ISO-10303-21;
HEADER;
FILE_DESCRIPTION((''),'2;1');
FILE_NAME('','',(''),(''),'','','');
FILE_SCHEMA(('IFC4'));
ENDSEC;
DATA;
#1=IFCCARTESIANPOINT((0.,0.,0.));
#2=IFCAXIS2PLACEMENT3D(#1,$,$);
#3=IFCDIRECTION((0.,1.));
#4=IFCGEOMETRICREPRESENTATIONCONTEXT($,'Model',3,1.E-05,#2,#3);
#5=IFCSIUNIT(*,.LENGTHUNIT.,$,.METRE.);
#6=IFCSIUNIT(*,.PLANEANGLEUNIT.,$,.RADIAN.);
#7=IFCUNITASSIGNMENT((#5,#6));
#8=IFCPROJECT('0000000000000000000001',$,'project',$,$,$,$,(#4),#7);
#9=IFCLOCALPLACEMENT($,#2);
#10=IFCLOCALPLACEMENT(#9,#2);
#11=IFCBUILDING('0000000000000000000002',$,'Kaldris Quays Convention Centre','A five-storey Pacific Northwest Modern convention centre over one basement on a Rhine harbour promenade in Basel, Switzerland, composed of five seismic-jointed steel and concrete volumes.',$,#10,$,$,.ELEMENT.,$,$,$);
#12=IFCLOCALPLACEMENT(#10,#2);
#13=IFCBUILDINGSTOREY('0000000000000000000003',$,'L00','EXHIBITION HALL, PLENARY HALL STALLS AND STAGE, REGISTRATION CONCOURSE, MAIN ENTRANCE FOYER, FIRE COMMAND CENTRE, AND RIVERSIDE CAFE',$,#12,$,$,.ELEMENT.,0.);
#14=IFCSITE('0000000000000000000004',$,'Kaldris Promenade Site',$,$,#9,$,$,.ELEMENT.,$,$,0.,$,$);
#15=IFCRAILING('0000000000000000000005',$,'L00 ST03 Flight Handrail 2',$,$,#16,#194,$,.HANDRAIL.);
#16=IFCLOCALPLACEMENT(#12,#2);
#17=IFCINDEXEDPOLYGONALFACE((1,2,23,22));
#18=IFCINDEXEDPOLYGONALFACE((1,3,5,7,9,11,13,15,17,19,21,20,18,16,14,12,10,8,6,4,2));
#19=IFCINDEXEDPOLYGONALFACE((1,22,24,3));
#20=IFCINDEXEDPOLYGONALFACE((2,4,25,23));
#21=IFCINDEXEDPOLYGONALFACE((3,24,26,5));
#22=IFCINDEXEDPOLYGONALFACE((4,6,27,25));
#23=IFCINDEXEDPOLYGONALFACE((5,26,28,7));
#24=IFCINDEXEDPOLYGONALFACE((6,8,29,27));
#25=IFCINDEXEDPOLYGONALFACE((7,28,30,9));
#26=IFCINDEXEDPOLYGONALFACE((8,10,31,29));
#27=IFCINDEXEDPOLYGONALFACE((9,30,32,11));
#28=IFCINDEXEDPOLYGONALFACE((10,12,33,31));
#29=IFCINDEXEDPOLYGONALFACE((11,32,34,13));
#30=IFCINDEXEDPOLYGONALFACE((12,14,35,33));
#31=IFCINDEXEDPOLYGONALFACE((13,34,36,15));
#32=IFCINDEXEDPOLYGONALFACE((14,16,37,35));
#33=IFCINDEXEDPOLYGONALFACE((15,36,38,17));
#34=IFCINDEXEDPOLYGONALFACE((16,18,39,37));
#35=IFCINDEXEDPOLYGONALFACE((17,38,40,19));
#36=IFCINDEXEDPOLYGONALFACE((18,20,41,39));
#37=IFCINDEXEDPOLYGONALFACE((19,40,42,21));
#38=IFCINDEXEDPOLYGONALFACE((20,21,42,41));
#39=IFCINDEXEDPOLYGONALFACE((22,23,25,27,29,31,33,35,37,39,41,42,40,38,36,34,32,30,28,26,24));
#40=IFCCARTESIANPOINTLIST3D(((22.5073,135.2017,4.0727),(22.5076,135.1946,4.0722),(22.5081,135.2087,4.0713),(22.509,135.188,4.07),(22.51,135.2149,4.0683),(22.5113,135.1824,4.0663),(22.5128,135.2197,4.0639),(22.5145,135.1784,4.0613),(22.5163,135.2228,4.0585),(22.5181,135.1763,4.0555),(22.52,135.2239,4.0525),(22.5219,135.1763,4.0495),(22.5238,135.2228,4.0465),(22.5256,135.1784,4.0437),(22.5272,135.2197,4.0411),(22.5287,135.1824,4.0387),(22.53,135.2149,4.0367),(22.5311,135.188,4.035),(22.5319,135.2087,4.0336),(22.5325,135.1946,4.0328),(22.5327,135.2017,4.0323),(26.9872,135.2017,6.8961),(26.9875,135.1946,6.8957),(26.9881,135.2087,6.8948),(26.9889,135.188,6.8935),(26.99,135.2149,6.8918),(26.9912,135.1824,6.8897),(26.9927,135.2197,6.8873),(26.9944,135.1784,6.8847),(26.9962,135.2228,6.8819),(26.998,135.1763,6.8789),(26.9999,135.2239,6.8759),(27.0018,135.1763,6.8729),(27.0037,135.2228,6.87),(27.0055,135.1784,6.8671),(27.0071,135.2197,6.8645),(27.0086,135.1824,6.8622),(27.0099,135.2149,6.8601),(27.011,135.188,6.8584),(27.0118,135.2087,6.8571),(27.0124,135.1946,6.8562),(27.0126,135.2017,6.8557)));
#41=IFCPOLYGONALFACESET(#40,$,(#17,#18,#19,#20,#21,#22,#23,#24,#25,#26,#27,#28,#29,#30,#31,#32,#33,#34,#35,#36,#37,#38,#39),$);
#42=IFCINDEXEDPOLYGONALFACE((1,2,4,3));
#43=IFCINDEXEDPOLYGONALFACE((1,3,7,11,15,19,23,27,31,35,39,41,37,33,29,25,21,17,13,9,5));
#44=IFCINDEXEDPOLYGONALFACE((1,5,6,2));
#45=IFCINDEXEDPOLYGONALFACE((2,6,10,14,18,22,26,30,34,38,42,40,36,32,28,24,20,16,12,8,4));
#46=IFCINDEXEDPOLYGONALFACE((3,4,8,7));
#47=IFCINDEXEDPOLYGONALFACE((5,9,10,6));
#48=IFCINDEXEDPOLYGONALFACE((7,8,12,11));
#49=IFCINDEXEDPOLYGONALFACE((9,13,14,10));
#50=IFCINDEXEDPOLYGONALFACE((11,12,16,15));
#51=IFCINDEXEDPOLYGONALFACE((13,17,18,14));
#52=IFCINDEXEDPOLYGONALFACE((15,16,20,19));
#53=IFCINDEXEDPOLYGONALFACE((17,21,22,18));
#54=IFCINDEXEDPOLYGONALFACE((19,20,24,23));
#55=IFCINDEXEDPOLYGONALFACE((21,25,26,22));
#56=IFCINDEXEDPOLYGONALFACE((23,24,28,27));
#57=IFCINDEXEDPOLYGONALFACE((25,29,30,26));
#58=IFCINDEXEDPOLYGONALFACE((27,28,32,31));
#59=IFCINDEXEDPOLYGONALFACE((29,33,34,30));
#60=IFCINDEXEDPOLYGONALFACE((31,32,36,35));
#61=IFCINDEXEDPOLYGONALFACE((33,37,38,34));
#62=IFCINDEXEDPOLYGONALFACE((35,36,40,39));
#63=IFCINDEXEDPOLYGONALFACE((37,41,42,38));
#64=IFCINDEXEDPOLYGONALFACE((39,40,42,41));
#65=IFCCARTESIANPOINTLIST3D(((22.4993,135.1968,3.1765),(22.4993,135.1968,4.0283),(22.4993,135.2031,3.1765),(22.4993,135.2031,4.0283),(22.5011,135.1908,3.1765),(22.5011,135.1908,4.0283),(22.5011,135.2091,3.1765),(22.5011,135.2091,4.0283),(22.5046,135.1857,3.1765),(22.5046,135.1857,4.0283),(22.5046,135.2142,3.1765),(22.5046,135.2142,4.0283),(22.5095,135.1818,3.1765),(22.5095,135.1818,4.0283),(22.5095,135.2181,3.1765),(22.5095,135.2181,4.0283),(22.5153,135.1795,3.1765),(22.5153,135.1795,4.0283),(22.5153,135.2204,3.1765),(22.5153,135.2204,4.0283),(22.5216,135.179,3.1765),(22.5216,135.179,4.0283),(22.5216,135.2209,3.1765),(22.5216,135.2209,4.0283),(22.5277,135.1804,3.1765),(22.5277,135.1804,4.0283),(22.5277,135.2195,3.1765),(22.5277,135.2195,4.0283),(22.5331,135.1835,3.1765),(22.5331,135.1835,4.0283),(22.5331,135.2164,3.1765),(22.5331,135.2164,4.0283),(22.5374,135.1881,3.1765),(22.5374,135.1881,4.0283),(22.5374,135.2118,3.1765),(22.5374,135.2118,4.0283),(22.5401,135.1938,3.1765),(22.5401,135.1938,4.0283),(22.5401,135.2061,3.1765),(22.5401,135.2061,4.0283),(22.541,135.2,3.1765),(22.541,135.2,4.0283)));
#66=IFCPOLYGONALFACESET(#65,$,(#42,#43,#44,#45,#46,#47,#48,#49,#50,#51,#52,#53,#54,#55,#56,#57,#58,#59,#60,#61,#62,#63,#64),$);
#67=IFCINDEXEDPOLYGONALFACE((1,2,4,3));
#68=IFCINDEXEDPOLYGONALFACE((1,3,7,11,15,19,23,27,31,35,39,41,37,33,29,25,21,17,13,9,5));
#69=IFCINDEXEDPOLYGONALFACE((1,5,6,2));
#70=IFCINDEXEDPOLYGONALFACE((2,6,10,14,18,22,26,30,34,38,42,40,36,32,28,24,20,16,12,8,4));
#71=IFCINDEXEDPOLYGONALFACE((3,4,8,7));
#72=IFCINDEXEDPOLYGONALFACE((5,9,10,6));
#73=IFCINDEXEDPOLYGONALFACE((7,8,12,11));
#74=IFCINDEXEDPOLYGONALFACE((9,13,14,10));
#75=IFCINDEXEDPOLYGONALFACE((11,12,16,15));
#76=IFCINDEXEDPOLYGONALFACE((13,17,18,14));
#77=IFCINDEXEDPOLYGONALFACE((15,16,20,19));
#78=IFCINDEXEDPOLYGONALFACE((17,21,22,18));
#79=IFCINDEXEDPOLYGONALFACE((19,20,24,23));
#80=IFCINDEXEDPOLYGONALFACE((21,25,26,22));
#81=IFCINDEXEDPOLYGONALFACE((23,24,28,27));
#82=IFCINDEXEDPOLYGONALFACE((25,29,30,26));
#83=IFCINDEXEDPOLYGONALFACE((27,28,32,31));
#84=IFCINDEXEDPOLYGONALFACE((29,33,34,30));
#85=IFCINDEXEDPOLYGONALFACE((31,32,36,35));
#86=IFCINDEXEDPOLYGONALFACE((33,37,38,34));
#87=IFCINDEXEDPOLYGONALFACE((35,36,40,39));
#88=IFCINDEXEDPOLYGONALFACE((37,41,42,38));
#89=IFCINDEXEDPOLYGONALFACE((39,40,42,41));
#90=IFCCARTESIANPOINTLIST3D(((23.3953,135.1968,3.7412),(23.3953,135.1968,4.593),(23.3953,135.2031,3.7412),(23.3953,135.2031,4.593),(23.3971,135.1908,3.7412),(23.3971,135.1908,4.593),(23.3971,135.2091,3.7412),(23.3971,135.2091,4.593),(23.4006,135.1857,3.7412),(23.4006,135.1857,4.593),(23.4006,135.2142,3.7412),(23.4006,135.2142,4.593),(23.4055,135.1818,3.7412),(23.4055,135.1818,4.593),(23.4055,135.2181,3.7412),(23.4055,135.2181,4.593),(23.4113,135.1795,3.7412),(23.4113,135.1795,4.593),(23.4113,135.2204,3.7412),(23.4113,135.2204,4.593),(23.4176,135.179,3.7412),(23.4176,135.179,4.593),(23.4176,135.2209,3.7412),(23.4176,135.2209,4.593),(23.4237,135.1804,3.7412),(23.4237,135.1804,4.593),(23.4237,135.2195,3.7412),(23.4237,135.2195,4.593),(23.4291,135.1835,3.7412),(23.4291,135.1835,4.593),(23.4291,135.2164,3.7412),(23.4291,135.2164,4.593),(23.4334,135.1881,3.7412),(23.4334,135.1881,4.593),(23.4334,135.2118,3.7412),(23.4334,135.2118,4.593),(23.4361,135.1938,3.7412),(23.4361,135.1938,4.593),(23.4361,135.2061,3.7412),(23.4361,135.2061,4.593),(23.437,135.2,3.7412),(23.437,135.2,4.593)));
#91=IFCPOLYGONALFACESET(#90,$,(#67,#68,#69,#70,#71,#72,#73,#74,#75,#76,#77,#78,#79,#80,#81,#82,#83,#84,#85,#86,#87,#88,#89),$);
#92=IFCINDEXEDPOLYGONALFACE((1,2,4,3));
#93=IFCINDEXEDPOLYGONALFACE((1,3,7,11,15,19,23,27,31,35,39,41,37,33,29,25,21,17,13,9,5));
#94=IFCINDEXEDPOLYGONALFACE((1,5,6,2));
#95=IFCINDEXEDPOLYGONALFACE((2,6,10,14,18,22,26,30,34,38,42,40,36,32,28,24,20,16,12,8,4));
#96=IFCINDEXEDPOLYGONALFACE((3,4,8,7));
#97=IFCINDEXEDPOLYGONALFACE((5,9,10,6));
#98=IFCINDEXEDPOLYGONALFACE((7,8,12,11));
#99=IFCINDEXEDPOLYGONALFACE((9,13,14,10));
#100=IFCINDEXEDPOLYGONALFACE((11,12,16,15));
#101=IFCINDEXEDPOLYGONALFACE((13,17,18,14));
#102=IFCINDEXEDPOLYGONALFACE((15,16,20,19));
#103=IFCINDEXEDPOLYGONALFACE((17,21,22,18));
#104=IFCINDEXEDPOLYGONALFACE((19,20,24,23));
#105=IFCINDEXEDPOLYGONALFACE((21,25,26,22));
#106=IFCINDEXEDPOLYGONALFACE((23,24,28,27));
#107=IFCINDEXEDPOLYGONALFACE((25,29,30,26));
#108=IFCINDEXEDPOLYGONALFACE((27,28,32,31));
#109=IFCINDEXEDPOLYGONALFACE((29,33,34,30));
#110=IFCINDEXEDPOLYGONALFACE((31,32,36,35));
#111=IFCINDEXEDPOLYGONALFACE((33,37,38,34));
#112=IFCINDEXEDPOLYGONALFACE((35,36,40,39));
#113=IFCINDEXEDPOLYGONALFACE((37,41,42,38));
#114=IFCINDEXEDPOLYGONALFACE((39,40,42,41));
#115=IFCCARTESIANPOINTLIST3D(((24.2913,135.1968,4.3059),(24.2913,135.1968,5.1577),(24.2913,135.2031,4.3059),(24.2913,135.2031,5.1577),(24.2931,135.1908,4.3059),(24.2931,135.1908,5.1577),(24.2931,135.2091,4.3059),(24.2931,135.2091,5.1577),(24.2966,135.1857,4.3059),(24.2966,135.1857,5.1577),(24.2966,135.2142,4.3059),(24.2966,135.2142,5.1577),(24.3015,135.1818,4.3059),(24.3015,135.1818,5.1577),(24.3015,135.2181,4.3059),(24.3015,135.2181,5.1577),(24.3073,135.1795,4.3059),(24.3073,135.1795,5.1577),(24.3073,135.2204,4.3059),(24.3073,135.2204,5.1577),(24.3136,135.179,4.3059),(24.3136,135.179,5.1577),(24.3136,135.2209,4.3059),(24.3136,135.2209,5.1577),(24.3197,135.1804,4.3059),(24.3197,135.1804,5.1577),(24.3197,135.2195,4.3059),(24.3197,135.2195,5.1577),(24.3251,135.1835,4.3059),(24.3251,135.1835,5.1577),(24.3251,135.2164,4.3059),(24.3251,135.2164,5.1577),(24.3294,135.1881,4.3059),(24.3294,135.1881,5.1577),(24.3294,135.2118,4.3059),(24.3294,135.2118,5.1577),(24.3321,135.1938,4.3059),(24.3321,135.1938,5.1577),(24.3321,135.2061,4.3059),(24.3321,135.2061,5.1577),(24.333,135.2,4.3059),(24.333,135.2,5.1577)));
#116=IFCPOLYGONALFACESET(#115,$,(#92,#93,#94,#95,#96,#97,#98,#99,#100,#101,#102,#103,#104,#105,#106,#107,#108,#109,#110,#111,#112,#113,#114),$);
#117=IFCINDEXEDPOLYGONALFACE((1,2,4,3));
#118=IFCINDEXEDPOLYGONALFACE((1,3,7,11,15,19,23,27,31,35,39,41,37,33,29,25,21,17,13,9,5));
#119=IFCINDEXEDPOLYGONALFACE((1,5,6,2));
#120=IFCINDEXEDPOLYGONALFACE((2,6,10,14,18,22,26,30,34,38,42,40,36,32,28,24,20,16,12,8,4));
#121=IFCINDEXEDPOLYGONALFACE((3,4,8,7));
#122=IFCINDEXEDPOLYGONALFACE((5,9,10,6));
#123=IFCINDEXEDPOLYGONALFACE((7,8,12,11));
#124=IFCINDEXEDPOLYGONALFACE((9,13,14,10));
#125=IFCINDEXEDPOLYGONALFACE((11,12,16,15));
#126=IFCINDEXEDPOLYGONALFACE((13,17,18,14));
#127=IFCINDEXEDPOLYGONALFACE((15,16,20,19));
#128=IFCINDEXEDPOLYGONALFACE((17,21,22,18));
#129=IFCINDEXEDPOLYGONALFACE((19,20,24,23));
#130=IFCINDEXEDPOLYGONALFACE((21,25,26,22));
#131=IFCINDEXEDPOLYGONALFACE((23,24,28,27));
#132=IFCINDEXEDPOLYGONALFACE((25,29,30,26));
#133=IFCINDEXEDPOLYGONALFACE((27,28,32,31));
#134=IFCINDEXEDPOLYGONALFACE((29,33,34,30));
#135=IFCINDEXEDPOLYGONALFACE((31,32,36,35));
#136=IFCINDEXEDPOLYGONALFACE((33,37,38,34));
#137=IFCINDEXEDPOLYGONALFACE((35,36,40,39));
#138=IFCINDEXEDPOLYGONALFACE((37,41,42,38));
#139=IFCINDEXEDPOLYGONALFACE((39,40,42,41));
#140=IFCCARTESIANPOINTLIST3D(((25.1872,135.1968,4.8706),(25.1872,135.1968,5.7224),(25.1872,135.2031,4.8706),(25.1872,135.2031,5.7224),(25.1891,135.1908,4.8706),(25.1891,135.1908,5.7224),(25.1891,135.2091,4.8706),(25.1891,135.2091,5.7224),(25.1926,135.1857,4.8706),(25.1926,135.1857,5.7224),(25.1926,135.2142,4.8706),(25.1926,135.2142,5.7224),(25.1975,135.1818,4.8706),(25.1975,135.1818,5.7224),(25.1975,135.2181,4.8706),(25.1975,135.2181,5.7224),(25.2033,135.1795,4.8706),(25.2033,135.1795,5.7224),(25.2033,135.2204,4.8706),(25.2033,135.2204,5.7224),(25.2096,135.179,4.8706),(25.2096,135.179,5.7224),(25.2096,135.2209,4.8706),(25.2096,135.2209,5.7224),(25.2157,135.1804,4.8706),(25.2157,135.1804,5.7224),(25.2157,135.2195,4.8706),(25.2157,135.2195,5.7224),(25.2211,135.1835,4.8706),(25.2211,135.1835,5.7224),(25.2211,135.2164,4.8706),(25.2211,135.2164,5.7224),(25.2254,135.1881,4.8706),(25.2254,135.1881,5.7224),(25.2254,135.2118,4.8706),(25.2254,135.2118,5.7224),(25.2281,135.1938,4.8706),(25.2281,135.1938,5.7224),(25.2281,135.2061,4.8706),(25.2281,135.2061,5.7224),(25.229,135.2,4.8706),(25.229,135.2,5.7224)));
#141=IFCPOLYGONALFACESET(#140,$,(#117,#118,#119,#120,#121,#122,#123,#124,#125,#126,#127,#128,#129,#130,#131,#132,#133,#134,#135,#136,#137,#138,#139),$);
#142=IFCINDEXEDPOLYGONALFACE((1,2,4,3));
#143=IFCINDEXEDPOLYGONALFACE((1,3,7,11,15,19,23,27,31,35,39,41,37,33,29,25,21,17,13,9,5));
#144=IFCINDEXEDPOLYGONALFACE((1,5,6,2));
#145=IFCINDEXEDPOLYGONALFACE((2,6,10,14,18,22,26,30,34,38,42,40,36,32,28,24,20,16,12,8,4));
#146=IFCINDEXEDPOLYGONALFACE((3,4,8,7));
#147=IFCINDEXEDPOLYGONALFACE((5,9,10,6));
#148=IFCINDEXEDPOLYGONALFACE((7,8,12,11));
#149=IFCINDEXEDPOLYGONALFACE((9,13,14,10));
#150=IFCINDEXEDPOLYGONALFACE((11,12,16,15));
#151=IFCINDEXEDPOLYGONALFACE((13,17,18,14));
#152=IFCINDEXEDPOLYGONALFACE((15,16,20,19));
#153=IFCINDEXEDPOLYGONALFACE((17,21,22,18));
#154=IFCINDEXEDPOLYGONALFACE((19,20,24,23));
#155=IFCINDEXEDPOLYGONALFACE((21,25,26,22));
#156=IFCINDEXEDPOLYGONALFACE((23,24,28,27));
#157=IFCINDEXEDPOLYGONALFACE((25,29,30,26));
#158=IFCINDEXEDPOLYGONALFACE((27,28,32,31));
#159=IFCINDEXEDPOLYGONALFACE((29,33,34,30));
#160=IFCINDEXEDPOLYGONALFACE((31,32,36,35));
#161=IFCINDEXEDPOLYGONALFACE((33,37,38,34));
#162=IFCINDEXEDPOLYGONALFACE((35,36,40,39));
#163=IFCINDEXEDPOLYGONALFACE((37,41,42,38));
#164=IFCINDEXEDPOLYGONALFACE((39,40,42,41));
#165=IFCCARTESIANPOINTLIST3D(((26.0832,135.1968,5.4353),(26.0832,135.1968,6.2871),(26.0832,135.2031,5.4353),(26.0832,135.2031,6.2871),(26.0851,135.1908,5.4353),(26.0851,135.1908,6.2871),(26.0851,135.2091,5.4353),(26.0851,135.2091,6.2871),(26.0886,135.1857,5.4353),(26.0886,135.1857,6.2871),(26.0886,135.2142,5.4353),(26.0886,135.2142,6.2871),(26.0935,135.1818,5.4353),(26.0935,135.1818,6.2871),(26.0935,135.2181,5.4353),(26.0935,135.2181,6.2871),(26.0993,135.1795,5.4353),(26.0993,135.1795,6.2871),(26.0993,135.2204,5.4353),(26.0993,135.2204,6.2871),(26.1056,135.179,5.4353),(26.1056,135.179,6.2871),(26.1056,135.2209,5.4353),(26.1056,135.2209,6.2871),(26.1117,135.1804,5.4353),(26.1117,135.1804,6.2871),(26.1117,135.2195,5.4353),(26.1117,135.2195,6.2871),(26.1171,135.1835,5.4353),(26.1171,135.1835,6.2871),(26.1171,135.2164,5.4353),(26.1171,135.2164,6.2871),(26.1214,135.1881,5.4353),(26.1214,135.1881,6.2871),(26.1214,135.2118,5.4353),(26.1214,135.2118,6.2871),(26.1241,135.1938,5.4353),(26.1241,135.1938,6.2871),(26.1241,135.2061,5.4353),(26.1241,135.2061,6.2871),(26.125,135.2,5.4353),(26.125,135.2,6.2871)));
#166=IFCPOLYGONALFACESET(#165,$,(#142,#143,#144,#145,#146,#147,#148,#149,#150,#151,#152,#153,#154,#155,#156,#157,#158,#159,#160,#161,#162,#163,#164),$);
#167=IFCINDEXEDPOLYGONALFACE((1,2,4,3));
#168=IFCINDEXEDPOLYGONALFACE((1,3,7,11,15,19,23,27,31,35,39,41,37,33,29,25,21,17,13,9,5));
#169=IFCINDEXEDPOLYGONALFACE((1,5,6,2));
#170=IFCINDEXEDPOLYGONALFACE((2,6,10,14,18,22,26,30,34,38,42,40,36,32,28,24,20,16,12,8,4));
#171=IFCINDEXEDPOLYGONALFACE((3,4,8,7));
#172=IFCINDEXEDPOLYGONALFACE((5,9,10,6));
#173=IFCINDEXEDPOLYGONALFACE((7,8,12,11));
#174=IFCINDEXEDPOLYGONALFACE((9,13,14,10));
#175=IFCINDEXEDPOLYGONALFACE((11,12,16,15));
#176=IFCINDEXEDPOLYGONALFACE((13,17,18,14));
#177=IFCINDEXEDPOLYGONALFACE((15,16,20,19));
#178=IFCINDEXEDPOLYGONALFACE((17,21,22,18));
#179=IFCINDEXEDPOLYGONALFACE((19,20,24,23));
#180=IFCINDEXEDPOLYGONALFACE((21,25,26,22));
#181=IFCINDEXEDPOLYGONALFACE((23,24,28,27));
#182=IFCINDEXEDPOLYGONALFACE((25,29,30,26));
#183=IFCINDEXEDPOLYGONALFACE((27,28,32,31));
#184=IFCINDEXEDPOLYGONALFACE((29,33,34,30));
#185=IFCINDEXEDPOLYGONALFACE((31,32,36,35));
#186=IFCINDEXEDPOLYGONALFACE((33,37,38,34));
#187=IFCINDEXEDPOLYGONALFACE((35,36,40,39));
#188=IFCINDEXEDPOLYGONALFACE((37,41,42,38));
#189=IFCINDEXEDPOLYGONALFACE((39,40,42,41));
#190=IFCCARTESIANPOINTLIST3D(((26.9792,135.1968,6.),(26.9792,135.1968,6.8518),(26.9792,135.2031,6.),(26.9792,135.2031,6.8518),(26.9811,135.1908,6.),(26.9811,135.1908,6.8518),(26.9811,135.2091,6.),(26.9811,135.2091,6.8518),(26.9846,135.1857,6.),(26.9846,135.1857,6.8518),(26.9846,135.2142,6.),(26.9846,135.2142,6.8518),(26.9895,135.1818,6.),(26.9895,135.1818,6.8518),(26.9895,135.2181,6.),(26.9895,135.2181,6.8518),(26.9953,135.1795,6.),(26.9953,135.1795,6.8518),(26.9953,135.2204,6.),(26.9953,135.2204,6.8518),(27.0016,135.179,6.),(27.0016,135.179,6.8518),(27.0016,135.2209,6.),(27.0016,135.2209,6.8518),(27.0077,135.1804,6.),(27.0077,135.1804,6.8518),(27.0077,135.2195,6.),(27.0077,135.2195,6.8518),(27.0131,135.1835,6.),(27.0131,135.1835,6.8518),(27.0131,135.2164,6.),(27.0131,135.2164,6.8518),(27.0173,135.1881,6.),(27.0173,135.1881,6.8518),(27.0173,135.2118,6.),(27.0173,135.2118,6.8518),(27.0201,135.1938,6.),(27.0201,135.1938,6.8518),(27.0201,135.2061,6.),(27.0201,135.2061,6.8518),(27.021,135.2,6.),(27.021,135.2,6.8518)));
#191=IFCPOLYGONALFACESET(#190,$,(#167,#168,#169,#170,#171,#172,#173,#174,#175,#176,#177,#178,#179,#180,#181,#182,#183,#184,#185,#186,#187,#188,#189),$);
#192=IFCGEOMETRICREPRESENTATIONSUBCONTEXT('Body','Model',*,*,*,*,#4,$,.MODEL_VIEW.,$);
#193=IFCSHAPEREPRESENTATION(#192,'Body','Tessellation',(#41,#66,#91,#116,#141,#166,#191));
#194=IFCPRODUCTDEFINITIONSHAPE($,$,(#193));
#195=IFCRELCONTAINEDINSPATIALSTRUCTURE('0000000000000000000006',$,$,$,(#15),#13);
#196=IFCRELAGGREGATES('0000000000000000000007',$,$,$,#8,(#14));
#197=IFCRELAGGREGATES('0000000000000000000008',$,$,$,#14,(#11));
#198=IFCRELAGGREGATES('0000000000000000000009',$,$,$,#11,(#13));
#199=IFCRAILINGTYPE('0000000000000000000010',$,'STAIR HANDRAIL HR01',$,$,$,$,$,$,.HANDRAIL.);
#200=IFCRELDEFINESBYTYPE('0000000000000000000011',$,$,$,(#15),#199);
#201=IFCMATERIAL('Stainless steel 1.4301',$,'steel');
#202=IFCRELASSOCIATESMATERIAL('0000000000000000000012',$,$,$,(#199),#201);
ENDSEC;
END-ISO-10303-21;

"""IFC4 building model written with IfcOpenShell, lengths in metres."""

from ifc_helpers import new_model, si_unit, direction, frame, origin, origin_2d, place, context, subcontext, project, spatial, circle, extrude, material, type_object, element, save


model = new_model("IFC4")

# Units and contexts
model_context = context("Model", 3, precision=1e-05, world=origin(), true_north=direction((0.0, 1.0)))
body_context = subcontext(model_context, "Body", "Model", "MODEL_VIEW")
ifc_project = project(units=[si_unit("LENGTHUNIT", "METRE"), si_unit("PLANEANGLEUNIT", "RADIAN")], contexts=[model_context])

# Site, building, storey
site_placement = place(None, origin())
site = spatial("IfcSite", under=ifc_project, at=site_placement, Name="Kaldris Promenade Site", CompositionType="ELEMENT", RefElevation=0.0)
building_placement = place(site_placement, origin())
building = spatial("IfcBuilding", under=site, at=building_placement, Name="Kaldris Quays Convention Centre", Description="A five-storey Pacific Northwest Modern convention centre over one basement on a Rhine harbour promenade in Basel, Switzerland, composed of five seismic-jointed steel and concrete volumes.", CompositionType="ELEMENT")
storey_placement = place(building_placement, origin())
storey = spatial("IfcBuildingStorey", under=building, at=storey_placement, Name="L00", Description="EXHIBITION HALL, PLENARY HALL STALLS AND STAGE, REGISTRATION CONCOURSE, MAIN ENTRANCE FOYER, FIRE COMMAND CENTRE, AND RIVERSIDE CAFE", CompositionType="ELEMENT", Elevation=0.0)

# Railing
ifc_material_1 = material(Name="Stainless steel 1.4301", Category="steel")
railing_type_1 = type_object("IfcRailingType", Name="STAIR HANDRAIL HR01", PredefinedType="HANDRAIL", material=ifc_material_1)
railing_1_placement = place(storey_placement, frame((22.52, 135.2, 3.1765)))
element("IfcRailing", 1, at=railing_1_placement, inside=storey, type_object=railing_type_1, Name="L00 ST03 Flight Handrail 2", PredefinedType="HANDRAIL", context=body_context, shape_type="SweptSolid", body=[
    extrude(circle(Radius=0.0239, at=origin_2d()), frame((0.0, 0.0, 0.876), z_axis=(0.845998, 0.0, 0.533186), x_axis=(0.0, 1.0, 0.0)), (0.0, 0.0, 1.0), 5.2954),
    extrude(circle(Radius=0.021, at=origin_2d()), origin(), (0.0, 0.0, 1.0), 0.8518),
    extrude(circle(Radius=0.021, at=origin_2d()), frame((0.896, 0.0, 0.5647)), (0.0, 0.0, 1.0), 0.8518),
    extrude(circle(Radius=0.021, at=origin_2d()), frame((1.792, 0.0, 1.1294)), (0.0, 0.0, 1.0), 0.8518),
    extrude(circle(Radius=0.021, at=origin_2d()), frame((2.688, 0.0, 1.6941)), (0.0, 0.0, 1.0), 0.8518),
    extrude(circle(Radius=0.021, at=origin_2d()), frame((3.584, 0.0, 2.2588)), (0.0, 0.0, 1.0), 0.8518),
    extrude(circle(Radius=0.021, at=origin_2d()), frame((4.48, 0.0, 2.8235)), (0.0, 0.0, 1.0), 0.8518),
])

save(model, "model.ifc")
